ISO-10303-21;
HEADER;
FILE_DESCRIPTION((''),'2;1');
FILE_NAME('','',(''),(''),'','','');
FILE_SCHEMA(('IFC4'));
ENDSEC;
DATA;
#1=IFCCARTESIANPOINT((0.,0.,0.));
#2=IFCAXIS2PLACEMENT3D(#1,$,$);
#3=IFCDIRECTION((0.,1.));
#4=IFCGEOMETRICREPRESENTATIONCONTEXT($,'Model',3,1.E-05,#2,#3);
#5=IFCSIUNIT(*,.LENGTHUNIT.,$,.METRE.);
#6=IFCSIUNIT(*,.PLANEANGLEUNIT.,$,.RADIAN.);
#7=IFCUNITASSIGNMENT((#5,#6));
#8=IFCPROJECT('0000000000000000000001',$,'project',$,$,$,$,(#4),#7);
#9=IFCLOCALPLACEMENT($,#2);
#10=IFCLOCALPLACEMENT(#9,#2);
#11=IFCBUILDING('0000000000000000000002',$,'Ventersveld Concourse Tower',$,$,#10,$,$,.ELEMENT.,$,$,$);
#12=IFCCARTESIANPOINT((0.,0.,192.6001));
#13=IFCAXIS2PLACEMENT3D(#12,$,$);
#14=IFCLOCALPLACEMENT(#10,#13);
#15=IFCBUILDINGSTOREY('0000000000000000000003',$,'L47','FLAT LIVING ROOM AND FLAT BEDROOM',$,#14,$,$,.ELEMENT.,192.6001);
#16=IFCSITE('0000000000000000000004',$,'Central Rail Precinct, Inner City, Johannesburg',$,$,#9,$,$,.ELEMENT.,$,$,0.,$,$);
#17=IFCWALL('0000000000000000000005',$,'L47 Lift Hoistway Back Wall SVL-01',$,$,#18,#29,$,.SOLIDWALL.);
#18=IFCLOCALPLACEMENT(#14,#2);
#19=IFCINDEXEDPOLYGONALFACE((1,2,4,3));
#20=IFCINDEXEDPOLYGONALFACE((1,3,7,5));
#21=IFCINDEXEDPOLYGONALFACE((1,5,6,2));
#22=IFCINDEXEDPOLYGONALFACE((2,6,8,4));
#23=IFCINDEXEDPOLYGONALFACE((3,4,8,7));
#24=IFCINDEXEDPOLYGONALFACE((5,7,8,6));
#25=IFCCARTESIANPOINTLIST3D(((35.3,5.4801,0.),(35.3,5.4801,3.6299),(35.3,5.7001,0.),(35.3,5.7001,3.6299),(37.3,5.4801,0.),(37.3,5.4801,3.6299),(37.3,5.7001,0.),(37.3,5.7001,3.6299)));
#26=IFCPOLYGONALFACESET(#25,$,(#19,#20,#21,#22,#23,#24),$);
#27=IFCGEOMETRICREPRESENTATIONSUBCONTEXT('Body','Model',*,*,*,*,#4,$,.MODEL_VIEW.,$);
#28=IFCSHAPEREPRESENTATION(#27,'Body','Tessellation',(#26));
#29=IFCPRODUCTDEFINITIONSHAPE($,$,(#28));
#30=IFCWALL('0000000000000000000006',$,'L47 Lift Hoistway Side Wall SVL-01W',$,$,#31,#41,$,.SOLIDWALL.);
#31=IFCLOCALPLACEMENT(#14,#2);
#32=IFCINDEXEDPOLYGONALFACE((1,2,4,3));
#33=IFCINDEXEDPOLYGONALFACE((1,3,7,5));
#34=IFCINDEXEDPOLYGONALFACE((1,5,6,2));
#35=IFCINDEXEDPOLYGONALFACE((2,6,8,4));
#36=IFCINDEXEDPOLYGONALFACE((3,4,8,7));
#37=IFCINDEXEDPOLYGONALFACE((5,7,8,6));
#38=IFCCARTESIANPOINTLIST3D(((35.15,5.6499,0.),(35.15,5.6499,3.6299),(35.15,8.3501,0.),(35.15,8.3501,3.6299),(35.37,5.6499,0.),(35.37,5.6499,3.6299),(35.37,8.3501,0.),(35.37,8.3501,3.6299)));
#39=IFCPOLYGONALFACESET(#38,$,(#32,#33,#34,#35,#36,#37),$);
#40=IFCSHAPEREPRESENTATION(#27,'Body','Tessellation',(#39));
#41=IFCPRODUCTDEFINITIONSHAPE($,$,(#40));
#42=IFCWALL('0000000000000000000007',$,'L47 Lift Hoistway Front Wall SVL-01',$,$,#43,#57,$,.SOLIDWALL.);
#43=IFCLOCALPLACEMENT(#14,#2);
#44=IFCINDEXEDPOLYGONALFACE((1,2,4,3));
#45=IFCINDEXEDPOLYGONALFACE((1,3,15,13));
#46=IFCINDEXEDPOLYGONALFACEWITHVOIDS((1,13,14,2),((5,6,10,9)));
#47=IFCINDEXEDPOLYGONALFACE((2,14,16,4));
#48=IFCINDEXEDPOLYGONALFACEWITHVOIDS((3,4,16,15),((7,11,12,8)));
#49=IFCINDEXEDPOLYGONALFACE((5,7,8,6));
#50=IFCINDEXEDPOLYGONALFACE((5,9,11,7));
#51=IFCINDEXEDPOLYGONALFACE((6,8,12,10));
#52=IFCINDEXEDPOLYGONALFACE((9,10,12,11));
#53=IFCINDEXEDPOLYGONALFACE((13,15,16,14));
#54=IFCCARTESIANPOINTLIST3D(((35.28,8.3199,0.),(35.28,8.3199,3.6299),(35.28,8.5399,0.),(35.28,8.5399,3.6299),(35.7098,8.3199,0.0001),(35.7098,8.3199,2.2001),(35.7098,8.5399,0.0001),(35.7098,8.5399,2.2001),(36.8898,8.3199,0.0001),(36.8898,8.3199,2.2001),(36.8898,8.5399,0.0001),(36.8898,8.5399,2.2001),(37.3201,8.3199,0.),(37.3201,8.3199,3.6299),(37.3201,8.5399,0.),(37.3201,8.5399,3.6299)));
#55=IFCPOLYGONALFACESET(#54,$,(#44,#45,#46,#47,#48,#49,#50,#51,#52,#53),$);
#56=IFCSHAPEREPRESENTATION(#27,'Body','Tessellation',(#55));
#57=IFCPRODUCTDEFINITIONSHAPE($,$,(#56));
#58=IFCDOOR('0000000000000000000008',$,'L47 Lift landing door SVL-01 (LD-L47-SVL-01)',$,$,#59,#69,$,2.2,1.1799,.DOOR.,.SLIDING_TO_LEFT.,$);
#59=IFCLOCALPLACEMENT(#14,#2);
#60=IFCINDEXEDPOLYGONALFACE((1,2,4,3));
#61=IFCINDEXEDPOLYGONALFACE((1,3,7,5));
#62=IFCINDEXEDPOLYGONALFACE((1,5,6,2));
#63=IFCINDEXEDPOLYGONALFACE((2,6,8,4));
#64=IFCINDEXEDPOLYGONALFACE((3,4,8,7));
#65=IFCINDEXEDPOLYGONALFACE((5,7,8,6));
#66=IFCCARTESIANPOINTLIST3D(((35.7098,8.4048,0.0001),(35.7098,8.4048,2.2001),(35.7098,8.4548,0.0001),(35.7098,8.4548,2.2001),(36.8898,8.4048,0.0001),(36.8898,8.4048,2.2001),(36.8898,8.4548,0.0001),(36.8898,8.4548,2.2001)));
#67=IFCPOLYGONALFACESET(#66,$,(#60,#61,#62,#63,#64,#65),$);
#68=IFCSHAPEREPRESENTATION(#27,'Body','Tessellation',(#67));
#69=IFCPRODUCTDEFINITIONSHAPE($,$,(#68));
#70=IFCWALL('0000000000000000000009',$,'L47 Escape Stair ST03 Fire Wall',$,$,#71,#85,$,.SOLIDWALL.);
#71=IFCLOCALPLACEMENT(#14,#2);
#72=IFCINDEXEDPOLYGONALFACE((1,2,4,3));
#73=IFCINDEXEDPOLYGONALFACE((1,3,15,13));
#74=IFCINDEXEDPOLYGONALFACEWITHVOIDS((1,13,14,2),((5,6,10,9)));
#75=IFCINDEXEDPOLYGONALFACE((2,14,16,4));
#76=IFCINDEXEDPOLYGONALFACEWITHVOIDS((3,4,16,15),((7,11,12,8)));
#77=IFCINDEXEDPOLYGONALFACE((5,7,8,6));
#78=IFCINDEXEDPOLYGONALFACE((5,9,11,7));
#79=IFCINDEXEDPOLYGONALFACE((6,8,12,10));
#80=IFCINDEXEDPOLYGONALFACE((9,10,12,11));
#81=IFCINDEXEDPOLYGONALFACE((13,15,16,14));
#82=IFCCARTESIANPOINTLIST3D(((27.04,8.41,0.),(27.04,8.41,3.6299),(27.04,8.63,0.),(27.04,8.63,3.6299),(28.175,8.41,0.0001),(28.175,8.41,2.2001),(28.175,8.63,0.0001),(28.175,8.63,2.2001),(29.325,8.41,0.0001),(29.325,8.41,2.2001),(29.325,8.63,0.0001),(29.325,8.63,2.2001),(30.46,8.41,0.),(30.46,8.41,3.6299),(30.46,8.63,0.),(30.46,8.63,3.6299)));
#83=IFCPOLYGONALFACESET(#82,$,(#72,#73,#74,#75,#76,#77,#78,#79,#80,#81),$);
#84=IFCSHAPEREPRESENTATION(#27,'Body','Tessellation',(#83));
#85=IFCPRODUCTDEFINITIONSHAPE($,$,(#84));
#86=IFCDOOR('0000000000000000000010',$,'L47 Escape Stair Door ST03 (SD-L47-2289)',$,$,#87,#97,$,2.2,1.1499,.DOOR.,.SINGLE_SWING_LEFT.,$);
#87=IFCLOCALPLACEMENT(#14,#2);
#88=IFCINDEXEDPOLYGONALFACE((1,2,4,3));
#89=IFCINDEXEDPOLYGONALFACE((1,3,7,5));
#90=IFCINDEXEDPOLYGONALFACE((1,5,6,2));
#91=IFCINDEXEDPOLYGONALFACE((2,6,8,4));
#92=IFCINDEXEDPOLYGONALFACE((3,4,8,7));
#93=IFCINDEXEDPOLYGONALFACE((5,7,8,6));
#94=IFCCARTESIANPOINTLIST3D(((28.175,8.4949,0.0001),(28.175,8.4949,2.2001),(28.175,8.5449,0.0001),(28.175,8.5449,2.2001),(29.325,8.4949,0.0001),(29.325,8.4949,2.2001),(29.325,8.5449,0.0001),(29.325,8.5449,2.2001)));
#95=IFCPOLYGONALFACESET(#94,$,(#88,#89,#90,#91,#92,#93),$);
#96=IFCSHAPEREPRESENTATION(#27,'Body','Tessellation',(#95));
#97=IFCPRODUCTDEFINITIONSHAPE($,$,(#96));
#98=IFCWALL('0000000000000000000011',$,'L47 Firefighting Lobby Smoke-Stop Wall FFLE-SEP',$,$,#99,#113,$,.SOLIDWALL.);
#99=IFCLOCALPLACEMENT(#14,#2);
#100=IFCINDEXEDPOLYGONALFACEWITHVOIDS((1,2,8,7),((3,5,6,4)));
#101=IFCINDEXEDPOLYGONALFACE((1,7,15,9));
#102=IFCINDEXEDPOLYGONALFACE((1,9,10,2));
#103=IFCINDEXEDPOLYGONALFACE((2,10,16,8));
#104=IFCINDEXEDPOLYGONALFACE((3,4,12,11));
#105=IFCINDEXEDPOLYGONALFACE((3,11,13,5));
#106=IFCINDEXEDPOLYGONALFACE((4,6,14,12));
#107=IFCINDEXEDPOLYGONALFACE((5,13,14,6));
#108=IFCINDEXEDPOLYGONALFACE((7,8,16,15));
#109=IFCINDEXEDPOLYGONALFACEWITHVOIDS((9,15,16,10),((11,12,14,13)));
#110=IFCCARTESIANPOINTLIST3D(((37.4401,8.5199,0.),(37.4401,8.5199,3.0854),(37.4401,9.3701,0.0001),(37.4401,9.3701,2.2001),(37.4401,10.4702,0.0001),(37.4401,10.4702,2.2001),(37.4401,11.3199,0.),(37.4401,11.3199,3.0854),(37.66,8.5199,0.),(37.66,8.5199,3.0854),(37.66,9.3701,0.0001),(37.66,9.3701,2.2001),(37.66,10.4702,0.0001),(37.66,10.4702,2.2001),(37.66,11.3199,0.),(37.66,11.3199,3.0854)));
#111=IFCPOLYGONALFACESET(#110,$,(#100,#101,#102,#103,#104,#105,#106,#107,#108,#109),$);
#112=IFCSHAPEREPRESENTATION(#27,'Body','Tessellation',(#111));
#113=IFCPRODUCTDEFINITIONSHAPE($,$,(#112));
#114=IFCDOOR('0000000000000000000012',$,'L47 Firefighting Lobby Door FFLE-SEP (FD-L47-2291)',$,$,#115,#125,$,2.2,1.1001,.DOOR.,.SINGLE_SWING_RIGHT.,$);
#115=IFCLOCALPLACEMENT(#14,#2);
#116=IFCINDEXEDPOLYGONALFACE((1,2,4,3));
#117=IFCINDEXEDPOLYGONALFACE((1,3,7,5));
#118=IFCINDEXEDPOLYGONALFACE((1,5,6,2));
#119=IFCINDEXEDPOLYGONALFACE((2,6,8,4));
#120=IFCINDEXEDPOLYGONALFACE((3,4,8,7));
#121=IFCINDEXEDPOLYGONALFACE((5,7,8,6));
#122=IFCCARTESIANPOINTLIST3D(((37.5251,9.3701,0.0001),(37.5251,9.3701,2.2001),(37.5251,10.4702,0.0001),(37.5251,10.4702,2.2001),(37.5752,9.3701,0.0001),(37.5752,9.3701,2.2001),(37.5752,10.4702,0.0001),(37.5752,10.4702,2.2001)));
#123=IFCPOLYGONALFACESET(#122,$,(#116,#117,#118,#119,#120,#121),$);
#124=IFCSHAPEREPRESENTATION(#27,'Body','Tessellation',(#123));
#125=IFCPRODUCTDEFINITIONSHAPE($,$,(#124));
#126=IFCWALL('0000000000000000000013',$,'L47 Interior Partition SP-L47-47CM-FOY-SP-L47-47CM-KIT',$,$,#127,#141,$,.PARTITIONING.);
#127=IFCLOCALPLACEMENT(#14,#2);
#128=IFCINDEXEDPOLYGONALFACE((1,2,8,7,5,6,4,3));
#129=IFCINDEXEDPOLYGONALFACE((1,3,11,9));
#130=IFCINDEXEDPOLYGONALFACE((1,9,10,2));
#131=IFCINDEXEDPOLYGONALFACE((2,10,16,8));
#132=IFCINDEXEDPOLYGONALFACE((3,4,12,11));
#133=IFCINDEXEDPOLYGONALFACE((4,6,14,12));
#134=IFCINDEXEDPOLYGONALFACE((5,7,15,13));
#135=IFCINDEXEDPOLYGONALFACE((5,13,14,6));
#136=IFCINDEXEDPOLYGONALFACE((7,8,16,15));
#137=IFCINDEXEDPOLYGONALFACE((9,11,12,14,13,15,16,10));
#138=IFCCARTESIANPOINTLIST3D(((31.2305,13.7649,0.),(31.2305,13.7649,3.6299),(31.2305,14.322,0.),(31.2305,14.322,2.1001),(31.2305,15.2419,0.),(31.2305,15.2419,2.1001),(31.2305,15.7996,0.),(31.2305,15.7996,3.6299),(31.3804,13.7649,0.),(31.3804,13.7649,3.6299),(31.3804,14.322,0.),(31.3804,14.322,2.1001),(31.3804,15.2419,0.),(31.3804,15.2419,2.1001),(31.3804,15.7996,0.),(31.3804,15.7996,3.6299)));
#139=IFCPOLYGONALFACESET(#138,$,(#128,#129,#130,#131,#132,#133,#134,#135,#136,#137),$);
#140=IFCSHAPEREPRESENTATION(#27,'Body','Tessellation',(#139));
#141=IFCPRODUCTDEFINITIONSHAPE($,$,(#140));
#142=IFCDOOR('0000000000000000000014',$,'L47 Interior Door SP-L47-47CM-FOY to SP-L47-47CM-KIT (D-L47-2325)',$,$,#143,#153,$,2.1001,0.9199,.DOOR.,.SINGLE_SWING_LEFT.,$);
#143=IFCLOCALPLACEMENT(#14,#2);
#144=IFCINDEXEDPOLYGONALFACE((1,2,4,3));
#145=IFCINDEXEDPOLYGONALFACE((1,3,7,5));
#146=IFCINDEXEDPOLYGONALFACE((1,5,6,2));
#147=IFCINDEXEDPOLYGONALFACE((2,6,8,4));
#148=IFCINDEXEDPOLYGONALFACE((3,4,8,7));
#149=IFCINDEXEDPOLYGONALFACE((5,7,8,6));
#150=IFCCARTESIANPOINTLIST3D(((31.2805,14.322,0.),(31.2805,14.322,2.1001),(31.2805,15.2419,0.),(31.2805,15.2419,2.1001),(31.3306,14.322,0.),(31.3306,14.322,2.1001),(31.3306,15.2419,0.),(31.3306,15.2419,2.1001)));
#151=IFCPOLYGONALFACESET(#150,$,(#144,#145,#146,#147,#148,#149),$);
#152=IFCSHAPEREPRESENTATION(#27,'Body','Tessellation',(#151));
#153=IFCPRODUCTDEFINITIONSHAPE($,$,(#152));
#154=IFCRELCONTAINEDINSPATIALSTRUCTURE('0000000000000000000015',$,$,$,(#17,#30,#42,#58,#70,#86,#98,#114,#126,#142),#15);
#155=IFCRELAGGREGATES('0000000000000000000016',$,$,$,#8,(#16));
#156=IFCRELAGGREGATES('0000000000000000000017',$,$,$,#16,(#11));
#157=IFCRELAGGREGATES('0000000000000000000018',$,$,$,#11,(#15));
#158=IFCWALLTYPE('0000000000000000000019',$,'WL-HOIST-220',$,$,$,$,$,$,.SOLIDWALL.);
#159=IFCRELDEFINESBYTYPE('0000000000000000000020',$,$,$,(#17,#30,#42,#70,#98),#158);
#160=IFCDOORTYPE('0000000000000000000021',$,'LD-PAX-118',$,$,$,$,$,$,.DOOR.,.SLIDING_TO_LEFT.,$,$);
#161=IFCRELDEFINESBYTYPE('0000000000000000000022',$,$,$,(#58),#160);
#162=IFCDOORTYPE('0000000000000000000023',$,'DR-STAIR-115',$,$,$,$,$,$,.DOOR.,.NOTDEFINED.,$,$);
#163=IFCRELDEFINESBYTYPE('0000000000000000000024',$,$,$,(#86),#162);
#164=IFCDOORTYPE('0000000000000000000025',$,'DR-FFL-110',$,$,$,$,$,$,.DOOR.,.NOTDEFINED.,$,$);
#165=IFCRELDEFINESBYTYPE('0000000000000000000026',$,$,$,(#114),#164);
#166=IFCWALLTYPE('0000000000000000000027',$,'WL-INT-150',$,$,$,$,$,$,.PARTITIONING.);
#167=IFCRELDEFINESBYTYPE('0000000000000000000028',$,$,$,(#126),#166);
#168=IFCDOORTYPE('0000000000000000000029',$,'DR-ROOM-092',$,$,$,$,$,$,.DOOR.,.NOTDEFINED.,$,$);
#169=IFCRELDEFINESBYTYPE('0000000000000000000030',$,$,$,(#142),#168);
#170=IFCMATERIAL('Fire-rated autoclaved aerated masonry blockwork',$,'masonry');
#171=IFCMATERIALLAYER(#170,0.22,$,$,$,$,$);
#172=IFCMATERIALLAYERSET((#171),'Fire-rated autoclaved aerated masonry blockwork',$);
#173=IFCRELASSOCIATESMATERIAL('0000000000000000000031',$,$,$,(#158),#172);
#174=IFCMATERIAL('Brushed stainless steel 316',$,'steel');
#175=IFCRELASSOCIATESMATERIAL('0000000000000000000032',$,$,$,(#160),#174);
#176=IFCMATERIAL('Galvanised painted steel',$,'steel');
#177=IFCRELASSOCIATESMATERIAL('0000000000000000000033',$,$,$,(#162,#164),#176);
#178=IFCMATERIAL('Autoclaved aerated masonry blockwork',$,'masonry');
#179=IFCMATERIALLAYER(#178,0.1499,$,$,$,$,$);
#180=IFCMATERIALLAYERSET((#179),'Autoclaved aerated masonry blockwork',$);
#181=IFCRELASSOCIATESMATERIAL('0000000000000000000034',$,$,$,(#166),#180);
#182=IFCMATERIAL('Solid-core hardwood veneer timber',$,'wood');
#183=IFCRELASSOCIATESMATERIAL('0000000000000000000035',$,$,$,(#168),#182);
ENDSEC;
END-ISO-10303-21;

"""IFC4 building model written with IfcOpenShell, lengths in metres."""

from ifc_helpers import new_model, si_unit, direction, frame, frame_2d, origin, place, context, subcontext, project, spatial, rectangle, extrude, material, layer, layer_set, type_object, element, fill, save


model = new_model("IFC4")

# Units and contexts
model_context = context("Model", 3, precision=1e-05, world=origin(), true_north=direction((0.0, 1.0)))
body_context = subcontext(model_context, "Body", "Model", "MODEL_VIEW")
ifc_project = project(units=[si_unit("LENGTHUNIT", "METRE"), si_unit("PLANEANGLEUNIT", "RADIAN")], contexts=[model_context])

# Site, building, storey
site_placement = place(None, origin())
site = spatial("IfcSite", under=ifc_project, at=site_placement, Name="Central Rail Precinct, Inner City, Johannesburg", CompositionType="ELEMENT", RefElevation=0.0)
building_placement = place(site_placement, origin())
building = spatial("IfcBuilding", under=site, at=building_placement, Name="Ventersveld Concourse Tower", CompositionType="ELEMENT")
storey_placement = place(building_placement, frame((0.0, 0.0, 192.6001)))
storey = spatial("IfcBuildingStorey", under=building, at=storey_placement, Name="L47", Description="FLAT LIVING ROOM AND FLAT BEDROOM", CompositionType="ELEMENT", Elevation=192.6001)

# Shared definitions
ifc_material_1 = material(Name="Fire-rated autoclaved aerated masonry blockwork", Category="masonry")
ifc_layer_1 = layer(ifc_material_1, 0.22)
ifc_layer_set_1 = layer_set([ifc_layer_1], Name="Fire-rated autoclaved aerated masonry blockwork")
wall_type_1 = type_object("IfcWallType", Name="WL-HOIST-220", PredefinedType="SOLIDWALL", material=ifc_layer_set_1)

# Shared definitions
ifc_material_2 = material(Name="Brushed stainless steel 316", Category="steel")

# Walls
wall_1_placement = place(storey_placement, frame((35.3, 5.5901, 0.0), z_axis=(0.0, 0.0, 1.0), x_axis=(1.0, 0.0, 0.0)))
element("IfcWall", 1, at=wall_1_placement, inside=storey, type_object=wall_type_1, Name="L47 Lift Hoistway Back Wall SVL-01", PredefinedType="SOLIDWALL", context=body_context, shape_type="SweptSolid", body=[
    extrude(rectangle(XDim=2.0, YDim=0.22, at=frame_2d((1.0, 0.0))), origin(), (0.0, 0.0, 1.0), 3.6299),
])
wall_2_placement = place(storey_placement, frame((35.26, 5.6499, 0.0), z_axis=(0.0, 0.0, 1.0), x_axis=(0.0, 1.0, 0.0)))
element("IfcWall", 2, at=wall_2_placement, inside=storey, type_object=wall_type_1, Name="L47 Lift Hoistway Side Wall SVL-01W", PredefinedType="SOLIDWALL", context=body_context, shape_type="SweptSolid", body=[
    extrude(rectangle(XDim=2.7002, YDim=0.22, at=frame_2d((1.3501, 0.0))), origin(), (0.0, 0.0, 1.0), 3.6299),
])

# Walls, openings, doors
wall_3_placement = place(storey_placement, frame((35.28, 8.4299, 0.0), z_axis=(0.0, 0.0, 1.0), x_axis=(1.0, 0.0, 0.0)))
wall_3 = element("IfcWall", 3, at=wall_3_placement, inside=storey, type_object=wall_type_1, Name="L47 Lift Hoistway Front Wall SVL-01", PredefinedType="SOLIDWALL", context=body_context, shape_type="SweptSolid", body=[
    extrude(rectangle(XDim=2.04, YDim=0.22, at=frame_2d((1.02, 0.0))), origin(), (0.0, 0.0, 1.0), 3.6299),
])
opening_1_placement = place(wall_3_placement, frame((0.4299, 0.0, 0.0)))
opening_1 = element("IfcOpeningElement", 4, at=opening_1_placement, cuts=wall_3, PredefinedType="OPENING", context=body_context, shape_type="SweptSolid", body=[
    extrude(rectangle(XDim=1.1799, YDim=2.2, at=frame_2d((0.5898, 1.1001))), frame((0.0, 0.1201, 0.0), z_axis=(0.0, -1.0, 0.0), x_axis=(1.0, 0.0, 0.0)), (0.0, 0.0, 1.0), 0.24),
])
door_type_1 = type_object("IfcDoorType", Name="LD-PAX-118", OperationType="SLIDING_TO_LEFT", PredefinedType="DOOR", material=ifc_material_2)
door_1_placement = place(opening_1_placement, origin())
door_1 = element("IfcDoor", 5, at=door_1_placement, inside=storey, type_object=door_type_1, Name="L47 Lift landing door SVL-01 (LD-L47-SVL-01)", OperationType="SLIDING_TO_LEFT", OverallHeight=2.2, OverallWidth=1.1799, PredefinedType="DOOR", context=body_context, shape_type="SweptSolid", body=[
    extrude(rectangle(XDim=1.1799, YDim=2.2, at=frame_2d((0.5898, 1.1001))), frame((0.0, 0.0249, 0.0), z_axis=(0.0, -1.0, 0.0), x_axis=(1.0, 0.0, 0.0)), (0.0, 0.0, 1.0), 0.05),
])
fill(opening_1, door_1)
wall_4_placement = place(storey_placement, frame((27.04, 8.52, 0.0), z_axis=(0.0, 0.0, 1.0), x_axis=(1.0, 0.0, 0.0)))
wall_4 = element("IfcWall", 6, at=wall_4_placement, inside=storey, type_object=wall_type_1, Name="L47 Escape Stair ST03 Fire Wall", PredefinedType="SOLIDWALL", context=body_context, shape_type="SweptSolid", body=[
    extrude(rectangle(XDim=3.4199, YDim=0.22, at=frame_2d((1.71, 0.0))), origin(), (0.0, 0.0, 1.0), 3.6299),
])
opening_2_placement = place(wall_4_placement, frame((1.135, 0.0, 0.0)))
opening_2 = element("IfcOpeningElement", 7, at=opening_2_placement, cuts=wall_4, PredefinedType="OPENING", context=body_context, shape_type="SweptSolid", body=[
    extrude(rectangle(XDim=1.1499, YDim=2.2, at=frame_2d((0.575, 1.1001))), frame((0.0, 0.1201, 0.0), z_axis=(0.0, -1.0, 0.0), x_axis=(1.0, 0.0, 0.0)), (0.0, 0.0, 1.0), 0.24),
])
ifc_material_3 = material(Name="Galvanised painted steel", Category="steel")
door_type_2 = type_object("IfcDoorType", Name="DR-STAIR-115", OperationType="NOTDEFINED", PredefinedType="DOOR", material=ifc_material_3)
door_2_placement = place(opening_2_placement, origin())
door_2 = element("IfcDoor", 8, at=door_2_placement, inside=storey, type_object=door_type_2, Name="L47 Escape Stair Door ST03 (SD-L47-2289)", OperationType="SINGLE_SWING_LEFT", OverallHeight=2.2, OverallWidth=1.1499, PredefinedType="DOOR", context=body_context, shape_type="SweptSolid", body=[
    extrude(rectangle(XDim=1.1499, YDim=2.2, at=frame_2d((0.575, 1.1001))), frame((0.0, 0.0249, 0.0), z_axis=(0.0, -1.0, 0.0), x_axis=(1.0, 0.0, 0.0)), (0.0, 0.0, 1.0), 0.05),
])
fill(opening_2, door_2)
wall_5_placement = place(storey_placement, frame((37.55, 8.52, 0.0), z_axis=(0.0, 0.0, 1.0), x_axis=(0.0, 1.0, 0.0)))
wall_5 = element("IfcWall", 9, at=wall_5_placement, inside=storey, type_object=wall_type_1, Name="L47 Firefighting Lobby Smoke-Stop Wall FFLE-SEP", PredefinedType="SOLIDWALL", context=body_context, shape_type="SweptSolid", body=[
    extrude(rectangle(XDim=2.8, YDim=0.22, at=frame_2d((1.3999, 0.0))), origin(), (0.0, 0.0, 1.0), 3.0854),
])
opening_3_placement = place(wall_5_placement, frame((0.8501, 0.0, 0.0)))
opening_3 = element("IfcOpeningElement", 10, at=opening_3_placement, cuts=wall_5, PredefinedType="OPENING", context=body_context, shape_type="SweptSolid", body=[
    extrude(rectangle(XDim=1.1001, YDim=2.2, at=frame_2d((0.55, 1.1001))), frame((0.0, 0.1201, 0.0), z_axis=(0.0, -1.0, 0.0), x_axis=(1.0, 0.0, 0.0)), (0.0, 0.0, 1.0), 0.24),
])
door_type_3 = type_object("IfcDoorType", Name="DR-FFL-110", OperationType="NOTDEFINED", PredefinedType="DOOR", material=ifc_material_3)
door_3_placement = place(opening_3_placement, origin())
door_3 = element("IfcDoor", 11, at=door_3_placement, inside=storey, type_object=door_type_3, Name="L47 Firefighting Lobby Door FFLE-SEP (FD-L47-2291)", OperationType="SINGLE_SWING_RIGHT", OverallHeight=2.2, OverallWidth=1.1001, PredefinedType="DOOR", context=body_context, shape_type="SweptSolid", body=[
    extrude(rectangle(XDim=1.1001, YDim=2.2, at=frame_2d((0.55, 1.1001))), frame((0.0, 0.0249, 0.0), z_axis=(0.0, -1.0, 0.0), x_axis=(1.0, 0.0, 0.0)), (0.0, 0.0, 1.0), 0.05),
])
fill(opening_3, door_3)
ifc_material_4 = material(Name="Autoclaved aerated masonry blockwork", Category="masonry")
ifc_layer_2 = layer(ifc_material_4, 0.1499)
ifc_layer_set_2 = layer_set([ifc_layer_2], Name="Autoclaved aerated masonry blockwork")
wall_type_2 = type_object("IfcWallType", Name="WL-INT-150", PredefinedType="PARTITIONING", material=ifc_layer_set_2)
wall_6_placement = place(storey_placement, frame((31.3054, 13.7649, 0.0), z_axis=(0.0, 0.0, 1.0), x_axis=(0.0, 1.0, 0.0)))
wall_6 = element("IfcWall", 12, at=wall_6_placement, inside=storey, type_object=wall_type_2, Name="L47 Interior Partition SP-L47-47CM-FOY-SP-L47-47CM-KIT", PredefinedType="PARTITIONING", context=body_context, shape_type="SweptSolid", body=[
    extrude(rectangle(XDim=2.0347, YDim=0.1499, at=frame_2d((1.0173, 0.0))), origin(), (0.0, 0.0, 1.0), 3.6299),
])
opening_4_placement = place(wall_6_placement, frame((0.5571, 0.0, 0.0)))
opening_4 = element("IfcOpeningElement", 13, at=opening_4_placement, cuts=wall_6, PredefinedType="OPENING", context=body_context, shape_type="SweptSolid", body=[
    extrude(rectangle(XDim=0.9199, YDim=2.1001, at=frame_2d((0.46, 1.05))), frame((0.0, 0.085, 0.0), z_axis=(0.0, -1.0, 0.0), x_axis=(1.0, 0.0, 0.0)), (0.0, 0.0, 1.0), 0.1699),
])
ifc_material_5 = material(Name="Solid-core hardwood veneer timber", Category="wood")
door_type_4 = type_object("IfcDoorType", Name="DR-ROOM-092", OperationType="NOTDEFINED", PredefinedType="DOOR", material=ifc_material_5)
door_4_placement = place(opening_4_placement, origin())
door_4 = element("IfcDoor", 14, at=door_4_placement, inside=storey, type_object=door_type_4, Name="L47 Interior Door SP-L47-47CM-FOY to SP-L47-47CM-KIT (D-L47-2325)", OperationType="SINGLE_SWING_LEFT", OverallHeight=2.1001, OverallWidth=0.9199, PredefinedType="DOOR", context=body_context, shape_type="SweptSolid", body=[
    extrude(rectangle(XDim=0.9199, YDim=2.1001, at=frame_2d((0.46, 1.05))), frame((0.0, 0.0249, 0.0), z_axis=(0.0, -1.0, 0.0), x_axis=(1.0, 0.0, 0.0)), (0.0, 0.0, 1.0), 0.05),
])
fill(opening_4, door_4)

save(model, "model.ifc")
